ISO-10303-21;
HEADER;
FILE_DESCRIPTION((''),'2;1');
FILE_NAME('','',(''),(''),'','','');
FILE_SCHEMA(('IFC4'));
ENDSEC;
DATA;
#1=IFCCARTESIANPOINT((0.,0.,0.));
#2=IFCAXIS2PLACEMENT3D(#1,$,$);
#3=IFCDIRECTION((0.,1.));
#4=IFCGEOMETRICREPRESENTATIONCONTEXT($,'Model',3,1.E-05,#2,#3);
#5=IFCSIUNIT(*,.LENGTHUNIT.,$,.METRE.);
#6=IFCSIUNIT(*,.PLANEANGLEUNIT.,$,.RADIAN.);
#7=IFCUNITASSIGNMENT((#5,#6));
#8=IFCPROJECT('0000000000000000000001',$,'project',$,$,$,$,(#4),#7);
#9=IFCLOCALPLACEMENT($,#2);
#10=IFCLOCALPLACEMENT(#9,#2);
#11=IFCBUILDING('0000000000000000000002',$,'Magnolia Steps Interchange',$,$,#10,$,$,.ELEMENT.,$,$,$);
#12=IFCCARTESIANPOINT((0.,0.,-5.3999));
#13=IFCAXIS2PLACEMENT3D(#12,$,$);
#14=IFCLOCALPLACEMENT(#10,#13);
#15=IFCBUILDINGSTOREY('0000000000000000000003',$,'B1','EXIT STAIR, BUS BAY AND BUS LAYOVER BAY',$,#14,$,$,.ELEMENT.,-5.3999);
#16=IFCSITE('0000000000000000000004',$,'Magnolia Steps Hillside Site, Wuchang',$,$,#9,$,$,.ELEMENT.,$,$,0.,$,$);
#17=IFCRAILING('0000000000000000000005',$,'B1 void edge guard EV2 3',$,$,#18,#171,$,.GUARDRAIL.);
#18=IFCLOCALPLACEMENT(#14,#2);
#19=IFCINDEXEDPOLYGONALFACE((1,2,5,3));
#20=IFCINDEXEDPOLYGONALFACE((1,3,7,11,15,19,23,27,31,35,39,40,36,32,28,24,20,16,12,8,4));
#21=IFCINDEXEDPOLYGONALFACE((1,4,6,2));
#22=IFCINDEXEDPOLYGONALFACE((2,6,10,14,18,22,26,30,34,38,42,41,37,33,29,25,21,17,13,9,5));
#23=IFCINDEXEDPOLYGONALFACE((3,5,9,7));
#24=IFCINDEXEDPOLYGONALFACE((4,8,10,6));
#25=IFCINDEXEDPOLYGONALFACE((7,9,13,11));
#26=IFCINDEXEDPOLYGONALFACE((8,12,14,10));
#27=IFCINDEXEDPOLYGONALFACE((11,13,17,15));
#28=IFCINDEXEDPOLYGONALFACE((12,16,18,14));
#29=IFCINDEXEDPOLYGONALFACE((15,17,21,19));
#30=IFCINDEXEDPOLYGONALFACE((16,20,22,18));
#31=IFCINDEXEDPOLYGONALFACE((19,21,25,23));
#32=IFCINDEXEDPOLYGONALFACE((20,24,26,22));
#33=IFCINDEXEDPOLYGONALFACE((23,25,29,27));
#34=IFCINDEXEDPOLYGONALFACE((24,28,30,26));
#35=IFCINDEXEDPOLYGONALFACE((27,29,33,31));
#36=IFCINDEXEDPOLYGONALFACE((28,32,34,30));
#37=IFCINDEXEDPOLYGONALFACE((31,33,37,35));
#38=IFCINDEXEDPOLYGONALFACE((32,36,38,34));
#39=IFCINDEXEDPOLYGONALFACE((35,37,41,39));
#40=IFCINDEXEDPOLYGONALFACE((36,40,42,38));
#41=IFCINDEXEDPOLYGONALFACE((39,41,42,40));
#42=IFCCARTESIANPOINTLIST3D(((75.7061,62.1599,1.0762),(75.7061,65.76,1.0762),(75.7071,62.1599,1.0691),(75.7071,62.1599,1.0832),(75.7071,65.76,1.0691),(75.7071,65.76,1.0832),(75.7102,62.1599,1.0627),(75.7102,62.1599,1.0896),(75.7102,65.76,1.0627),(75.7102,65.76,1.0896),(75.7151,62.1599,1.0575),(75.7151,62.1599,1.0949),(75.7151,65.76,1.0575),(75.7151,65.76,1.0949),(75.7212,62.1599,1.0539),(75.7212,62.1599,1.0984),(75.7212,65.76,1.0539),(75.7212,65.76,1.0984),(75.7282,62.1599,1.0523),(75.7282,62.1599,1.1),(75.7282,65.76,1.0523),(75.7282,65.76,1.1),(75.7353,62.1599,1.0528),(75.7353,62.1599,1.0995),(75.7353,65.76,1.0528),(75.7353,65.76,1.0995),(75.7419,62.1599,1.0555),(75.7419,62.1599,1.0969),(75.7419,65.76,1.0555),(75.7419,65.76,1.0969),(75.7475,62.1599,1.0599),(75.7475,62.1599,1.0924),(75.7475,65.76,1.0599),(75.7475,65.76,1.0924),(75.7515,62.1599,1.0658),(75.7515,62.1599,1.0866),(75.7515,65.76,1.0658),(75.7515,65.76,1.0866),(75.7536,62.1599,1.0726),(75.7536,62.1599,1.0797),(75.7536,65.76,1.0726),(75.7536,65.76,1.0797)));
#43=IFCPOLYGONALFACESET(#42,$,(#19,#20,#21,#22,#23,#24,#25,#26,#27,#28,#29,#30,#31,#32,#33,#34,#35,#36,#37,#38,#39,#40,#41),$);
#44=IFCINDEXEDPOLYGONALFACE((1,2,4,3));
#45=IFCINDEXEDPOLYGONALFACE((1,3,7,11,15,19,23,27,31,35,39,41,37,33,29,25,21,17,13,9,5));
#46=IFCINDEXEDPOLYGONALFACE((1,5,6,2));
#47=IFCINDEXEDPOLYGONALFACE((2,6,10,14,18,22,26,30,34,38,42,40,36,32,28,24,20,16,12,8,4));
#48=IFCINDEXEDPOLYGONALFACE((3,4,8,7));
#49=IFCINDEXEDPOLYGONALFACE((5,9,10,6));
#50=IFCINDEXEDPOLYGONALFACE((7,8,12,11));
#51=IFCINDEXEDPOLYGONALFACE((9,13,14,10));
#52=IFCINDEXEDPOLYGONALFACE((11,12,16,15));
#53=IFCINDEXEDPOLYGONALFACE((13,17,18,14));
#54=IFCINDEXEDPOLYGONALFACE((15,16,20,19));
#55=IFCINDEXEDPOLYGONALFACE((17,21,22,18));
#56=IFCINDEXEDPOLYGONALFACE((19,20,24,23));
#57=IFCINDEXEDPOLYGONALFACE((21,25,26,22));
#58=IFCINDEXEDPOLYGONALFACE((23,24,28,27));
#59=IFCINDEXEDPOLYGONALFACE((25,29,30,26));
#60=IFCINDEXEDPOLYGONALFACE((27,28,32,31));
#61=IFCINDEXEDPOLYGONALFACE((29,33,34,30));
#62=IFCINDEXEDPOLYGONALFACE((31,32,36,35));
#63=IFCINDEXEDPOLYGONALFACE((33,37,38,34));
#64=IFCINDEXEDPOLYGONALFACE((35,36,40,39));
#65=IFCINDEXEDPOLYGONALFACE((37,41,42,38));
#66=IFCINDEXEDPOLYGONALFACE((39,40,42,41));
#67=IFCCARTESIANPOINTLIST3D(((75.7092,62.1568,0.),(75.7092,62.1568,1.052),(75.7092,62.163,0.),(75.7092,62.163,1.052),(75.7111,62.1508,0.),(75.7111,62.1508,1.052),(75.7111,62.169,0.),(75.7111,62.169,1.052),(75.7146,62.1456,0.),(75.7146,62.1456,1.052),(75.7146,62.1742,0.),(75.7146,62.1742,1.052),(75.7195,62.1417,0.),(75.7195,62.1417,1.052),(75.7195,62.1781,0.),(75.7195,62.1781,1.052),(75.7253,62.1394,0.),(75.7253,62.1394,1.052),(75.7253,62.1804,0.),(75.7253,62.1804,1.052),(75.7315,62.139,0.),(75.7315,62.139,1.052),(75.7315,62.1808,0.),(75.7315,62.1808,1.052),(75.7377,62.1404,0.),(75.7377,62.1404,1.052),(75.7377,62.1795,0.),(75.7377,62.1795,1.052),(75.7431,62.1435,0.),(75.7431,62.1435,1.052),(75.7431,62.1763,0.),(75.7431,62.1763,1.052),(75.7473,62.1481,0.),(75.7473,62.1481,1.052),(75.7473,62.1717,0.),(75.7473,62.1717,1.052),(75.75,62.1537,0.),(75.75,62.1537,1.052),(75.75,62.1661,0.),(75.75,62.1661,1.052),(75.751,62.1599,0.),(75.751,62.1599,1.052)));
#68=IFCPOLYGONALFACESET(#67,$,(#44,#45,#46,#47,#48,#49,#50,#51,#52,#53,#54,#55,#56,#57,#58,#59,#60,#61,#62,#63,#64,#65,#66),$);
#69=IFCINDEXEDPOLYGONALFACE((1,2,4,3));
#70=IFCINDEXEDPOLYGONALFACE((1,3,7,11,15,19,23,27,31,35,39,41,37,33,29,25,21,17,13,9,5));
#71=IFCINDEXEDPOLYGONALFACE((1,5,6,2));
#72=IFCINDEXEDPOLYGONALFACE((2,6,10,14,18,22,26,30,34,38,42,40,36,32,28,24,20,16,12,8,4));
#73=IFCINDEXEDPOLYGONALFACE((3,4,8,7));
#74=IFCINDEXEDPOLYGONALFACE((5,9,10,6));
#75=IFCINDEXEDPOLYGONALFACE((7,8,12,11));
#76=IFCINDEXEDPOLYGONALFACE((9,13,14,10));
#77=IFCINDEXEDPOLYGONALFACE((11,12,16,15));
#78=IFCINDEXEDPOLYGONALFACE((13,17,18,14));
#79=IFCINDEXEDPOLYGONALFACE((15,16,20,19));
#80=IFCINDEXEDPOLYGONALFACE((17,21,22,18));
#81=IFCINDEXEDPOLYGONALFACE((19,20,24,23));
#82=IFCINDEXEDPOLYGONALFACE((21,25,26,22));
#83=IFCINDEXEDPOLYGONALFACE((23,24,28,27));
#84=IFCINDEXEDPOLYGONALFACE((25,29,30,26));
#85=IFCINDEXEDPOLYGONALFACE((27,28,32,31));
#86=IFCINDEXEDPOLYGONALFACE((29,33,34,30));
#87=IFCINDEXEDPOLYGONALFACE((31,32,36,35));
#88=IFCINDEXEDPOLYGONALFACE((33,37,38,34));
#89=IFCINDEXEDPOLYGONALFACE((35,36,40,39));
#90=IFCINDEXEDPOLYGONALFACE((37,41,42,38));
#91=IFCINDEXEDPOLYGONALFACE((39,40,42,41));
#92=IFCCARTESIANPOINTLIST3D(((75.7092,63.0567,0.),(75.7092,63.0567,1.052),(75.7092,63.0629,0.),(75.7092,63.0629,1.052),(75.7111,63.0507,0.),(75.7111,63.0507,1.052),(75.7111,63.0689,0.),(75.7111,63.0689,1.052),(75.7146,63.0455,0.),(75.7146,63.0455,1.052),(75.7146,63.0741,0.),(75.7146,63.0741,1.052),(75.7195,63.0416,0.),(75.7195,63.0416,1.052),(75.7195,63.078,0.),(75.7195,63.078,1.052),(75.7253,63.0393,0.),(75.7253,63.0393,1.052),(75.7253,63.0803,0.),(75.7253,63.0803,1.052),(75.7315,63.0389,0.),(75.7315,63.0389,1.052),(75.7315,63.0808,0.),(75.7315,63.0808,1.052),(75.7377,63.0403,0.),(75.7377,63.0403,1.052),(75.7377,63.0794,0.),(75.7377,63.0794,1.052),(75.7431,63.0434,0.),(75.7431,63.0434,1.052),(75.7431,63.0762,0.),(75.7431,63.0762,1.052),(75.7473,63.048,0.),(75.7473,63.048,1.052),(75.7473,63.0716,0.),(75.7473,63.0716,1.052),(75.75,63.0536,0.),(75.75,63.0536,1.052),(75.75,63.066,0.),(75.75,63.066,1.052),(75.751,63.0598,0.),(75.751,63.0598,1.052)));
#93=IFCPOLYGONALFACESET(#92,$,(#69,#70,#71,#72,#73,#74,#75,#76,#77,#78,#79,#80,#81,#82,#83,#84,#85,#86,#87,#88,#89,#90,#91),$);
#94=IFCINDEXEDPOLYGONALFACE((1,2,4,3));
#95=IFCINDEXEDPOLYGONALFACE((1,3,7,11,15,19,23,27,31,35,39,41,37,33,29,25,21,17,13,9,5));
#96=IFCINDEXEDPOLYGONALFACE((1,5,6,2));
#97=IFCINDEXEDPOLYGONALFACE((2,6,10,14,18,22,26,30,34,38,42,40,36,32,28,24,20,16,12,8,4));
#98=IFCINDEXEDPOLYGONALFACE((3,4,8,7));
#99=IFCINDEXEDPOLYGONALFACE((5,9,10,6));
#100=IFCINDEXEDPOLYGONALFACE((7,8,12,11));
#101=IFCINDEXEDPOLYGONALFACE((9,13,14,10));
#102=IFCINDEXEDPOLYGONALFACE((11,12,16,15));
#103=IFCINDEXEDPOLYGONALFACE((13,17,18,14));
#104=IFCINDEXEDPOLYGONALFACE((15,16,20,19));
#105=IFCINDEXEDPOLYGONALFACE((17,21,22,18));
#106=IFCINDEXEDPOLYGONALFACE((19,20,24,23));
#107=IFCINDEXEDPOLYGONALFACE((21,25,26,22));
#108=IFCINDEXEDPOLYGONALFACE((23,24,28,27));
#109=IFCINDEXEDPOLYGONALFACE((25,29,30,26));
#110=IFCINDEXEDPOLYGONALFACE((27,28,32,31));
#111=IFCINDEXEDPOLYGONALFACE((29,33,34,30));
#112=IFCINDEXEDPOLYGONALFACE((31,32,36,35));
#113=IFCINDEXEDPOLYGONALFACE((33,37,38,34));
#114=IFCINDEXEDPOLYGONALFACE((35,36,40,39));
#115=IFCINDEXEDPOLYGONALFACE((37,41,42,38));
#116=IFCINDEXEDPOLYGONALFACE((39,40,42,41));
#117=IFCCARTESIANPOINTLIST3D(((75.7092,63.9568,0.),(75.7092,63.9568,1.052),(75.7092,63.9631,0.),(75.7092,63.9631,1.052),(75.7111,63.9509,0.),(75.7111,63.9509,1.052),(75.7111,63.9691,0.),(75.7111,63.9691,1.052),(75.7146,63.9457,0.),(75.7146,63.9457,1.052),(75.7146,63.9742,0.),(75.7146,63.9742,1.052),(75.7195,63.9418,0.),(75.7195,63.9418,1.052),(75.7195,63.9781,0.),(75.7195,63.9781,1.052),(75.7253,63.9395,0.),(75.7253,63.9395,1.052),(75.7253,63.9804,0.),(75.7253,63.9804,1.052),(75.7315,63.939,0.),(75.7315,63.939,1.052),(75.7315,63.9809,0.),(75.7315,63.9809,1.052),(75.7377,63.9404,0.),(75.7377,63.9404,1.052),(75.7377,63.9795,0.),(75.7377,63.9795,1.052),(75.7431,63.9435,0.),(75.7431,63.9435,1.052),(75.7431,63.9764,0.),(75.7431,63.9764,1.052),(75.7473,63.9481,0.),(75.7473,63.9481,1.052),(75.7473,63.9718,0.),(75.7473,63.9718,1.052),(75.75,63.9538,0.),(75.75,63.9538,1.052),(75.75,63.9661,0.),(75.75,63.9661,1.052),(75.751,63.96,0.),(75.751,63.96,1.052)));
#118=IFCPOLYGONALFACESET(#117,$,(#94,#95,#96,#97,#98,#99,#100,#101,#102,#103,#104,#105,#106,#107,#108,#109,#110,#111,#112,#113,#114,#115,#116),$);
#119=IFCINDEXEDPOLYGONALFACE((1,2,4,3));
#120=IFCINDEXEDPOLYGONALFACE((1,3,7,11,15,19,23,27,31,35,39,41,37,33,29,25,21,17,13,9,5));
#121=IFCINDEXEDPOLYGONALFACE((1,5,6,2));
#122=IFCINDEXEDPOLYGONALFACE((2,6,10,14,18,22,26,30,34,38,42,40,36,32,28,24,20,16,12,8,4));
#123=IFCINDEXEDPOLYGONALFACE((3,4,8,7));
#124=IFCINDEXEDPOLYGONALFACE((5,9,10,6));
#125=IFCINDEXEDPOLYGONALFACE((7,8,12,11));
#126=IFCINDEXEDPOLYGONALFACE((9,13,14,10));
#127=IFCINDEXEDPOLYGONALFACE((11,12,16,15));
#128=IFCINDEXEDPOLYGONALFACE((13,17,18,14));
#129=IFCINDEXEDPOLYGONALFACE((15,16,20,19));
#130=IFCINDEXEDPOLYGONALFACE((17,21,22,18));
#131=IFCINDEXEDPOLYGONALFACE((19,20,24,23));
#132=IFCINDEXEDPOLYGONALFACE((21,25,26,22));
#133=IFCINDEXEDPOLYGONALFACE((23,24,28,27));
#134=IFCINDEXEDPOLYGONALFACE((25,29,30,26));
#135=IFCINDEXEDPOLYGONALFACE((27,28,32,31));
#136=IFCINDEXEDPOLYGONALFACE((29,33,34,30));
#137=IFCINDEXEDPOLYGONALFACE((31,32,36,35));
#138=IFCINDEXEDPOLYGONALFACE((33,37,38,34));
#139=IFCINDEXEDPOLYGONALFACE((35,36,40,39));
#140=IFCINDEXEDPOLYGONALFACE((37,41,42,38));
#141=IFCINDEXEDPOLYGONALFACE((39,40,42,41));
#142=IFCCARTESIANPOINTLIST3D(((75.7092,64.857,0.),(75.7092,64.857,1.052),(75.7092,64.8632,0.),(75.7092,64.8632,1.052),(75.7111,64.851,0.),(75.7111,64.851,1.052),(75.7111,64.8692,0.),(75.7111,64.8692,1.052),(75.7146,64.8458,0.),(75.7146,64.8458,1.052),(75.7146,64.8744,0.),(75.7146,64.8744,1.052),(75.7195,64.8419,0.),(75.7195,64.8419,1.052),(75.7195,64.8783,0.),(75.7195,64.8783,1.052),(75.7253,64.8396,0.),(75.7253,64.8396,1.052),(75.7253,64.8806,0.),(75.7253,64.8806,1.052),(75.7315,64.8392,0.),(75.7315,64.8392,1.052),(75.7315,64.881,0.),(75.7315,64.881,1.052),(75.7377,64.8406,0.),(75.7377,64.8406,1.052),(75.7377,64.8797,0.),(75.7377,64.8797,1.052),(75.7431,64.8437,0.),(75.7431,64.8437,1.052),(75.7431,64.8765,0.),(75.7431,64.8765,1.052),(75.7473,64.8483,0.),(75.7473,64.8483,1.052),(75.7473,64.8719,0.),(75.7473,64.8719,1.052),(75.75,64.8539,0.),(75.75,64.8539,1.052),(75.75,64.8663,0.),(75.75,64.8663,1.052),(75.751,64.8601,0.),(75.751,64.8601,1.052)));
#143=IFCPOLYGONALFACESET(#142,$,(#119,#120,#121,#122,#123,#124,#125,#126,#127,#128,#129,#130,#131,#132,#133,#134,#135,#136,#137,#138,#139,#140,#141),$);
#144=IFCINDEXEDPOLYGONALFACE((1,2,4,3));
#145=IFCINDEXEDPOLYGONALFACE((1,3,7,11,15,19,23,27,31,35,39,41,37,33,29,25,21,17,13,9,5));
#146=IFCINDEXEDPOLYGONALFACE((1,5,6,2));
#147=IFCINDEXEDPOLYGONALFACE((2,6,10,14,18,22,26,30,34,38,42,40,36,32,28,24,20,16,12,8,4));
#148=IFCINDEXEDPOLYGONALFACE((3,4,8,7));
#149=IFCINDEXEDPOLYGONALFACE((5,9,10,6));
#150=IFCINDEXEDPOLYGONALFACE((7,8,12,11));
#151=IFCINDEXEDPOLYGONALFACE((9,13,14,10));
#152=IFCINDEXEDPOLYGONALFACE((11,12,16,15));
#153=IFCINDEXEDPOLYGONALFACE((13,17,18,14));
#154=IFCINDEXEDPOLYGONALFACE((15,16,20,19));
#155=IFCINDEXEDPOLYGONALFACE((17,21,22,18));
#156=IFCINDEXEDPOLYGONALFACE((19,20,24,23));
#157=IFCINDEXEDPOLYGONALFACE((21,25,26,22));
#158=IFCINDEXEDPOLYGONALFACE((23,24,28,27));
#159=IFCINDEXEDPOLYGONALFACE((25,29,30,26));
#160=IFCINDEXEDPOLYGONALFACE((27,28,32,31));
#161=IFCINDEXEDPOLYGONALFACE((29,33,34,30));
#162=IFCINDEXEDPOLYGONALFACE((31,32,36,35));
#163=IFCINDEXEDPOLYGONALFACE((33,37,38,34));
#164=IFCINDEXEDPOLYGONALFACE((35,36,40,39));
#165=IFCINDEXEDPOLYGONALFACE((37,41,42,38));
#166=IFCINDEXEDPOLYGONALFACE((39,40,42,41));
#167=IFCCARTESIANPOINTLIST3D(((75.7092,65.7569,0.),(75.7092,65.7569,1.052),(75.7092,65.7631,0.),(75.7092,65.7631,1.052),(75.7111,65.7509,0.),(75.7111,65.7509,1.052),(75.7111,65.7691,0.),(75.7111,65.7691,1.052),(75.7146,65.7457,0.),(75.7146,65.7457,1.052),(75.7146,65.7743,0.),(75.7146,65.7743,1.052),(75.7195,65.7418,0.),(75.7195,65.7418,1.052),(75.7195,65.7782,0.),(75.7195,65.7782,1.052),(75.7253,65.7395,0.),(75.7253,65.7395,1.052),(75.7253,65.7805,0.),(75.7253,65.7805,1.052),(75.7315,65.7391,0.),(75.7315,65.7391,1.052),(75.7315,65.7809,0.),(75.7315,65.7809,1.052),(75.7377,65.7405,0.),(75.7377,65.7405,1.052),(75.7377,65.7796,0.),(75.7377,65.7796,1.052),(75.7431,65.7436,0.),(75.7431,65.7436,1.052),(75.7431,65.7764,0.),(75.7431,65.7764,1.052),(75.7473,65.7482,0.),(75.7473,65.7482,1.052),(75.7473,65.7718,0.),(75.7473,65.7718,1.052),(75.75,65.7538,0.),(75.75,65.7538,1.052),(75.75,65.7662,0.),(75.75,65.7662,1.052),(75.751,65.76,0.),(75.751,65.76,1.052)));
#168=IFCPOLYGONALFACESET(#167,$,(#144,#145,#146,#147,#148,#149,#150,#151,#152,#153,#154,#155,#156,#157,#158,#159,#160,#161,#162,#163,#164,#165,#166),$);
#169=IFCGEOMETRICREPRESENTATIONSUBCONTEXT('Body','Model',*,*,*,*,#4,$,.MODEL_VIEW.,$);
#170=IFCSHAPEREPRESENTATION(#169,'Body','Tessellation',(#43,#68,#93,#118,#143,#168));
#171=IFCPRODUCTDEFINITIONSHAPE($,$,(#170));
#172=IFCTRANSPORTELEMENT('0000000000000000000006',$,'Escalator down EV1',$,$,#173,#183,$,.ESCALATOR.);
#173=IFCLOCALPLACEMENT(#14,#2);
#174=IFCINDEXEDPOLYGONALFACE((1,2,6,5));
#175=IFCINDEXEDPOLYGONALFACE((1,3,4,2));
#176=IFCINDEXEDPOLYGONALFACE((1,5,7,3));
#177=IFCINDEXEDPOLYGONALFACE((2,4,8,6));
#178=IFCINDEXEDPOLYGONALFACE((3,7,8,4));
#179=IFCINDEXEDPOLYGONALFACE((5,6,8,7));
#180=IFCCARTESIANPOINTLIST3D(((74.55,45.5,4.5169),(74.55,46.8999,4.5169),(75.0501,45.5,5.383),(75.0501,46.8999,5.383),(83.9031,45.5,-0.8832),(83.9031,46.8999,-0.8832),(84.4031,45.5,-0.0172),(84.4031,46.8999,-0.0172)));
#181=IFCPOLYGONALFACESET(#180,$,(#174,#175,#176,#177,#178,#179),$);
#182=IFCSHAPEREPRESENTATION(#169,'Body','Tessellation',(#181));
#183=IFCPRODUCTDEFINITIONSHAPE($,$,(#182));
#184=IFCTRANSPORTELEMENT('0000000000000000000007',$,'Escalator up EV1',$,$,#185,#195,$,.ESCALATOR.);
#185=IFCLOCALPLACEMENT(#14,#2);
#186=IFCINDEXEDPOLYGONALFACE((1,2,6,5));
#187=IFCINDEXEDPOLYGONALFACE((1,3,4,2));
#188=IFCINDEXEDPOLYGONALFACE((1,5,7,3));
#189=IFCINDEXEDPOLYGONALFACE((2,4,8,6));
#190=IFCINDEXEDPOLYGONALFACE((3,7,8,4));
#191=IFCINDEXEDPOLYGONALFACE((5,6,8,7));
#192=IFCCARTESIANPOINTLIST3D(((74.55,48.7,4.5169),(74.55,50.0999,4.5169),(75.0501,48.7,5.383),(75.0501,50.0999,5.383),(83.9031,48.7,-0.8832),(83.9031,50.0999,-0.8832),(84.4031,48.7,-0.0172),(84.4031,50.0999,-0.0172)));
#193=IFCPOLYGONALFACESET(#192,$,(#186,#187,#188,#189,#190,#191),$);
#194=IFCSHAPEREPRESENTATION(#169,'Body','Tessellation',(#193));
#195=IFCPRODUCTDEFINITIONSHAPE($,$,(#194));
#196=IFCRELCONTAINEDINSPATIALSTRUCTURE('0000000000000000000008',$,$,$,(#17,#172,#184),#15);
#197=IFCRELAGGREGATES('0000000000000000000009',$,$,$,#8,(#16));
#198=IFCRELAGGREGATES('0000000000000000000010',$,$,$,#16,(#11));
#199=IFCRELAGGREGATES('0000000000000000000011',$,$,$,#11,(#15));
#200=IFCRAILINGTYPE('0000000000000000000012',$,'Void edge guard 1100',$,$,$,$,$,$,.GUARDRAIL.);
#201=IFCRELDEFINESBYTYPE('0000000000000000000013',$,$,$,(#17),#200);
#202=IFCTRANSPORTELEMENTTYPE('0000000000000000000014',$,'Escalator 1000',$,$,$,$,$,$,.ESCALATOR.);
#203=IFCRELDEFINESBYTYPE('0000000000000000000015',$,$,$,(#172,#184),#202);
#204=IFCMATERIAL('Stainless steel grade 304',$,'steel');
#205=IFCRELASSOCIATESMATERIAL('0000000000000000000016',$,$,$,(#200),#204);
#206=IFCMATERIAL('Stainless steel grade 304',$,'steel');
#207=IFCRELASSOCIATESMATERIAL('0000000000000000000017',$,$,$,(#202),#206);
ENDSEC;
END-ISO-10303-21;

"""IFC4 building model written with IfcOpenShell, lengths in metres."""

from ifc_helpers import new_model, si_unit, direction, frame, origin, origin_2d, place, context, subcontext, project, spatial, rectangle, circle, extrude, material, material_profile, profile_set, type_object, element, save


model = new_model("IFC4")

# Units and contexts
model_context = context("Model", 3, precision=1e-05, world=origin(), true_north=direction((0.0, 1.0)))
body_context = subcontext(model_context, "Body", "Model", "MODEL_VIEW")
ifc_project = project(units=[si_unit("LENGTHUNIT", "METRE"), si_unit("PLANEANGLEUNIT", "RADIAN")], contexts=[model_context])

# Site, building, storey
site_placement = place(None, origin())
site = spatial("IfcSite", under=ifc_project, at=site_placement, Name="Magnolia Steps Hillside Site, Wuchang", CompositionType="ELEMENT", RefElevation=0.0)
building_placement = place(site_placement, origin())
building = spatial("IfcBuilding", under=site, at=building_placement, Name="Magnolia Steps Interchange", CompositionType="ELEMENT")
storey_placement = place(building_placement, frame((0.0, 0.0, -5.3999)))
storey = spatial("IfcBuildingStorey", under=building, at=storey_placement, Name="B1", Description="EXIT STAIR, BUS BAY AND BUS LAYOVER BAY", CompositionType="ELEMENT", Elevation=-5.3999)

# Railing
ifc_material_1 = material(Name="Stainless steel grade 304", Category="steel")
railing_type_1 = type_object("IfcRailingType", Name="Void edge guard 1100", PredefinedType="GUARDRAIL", material=ifc_material_1)
railing_1_placement = place(storey_placement, frame((75.73, 62.1599, 0.0)))
element("IfcRailing", 1, at=railing_1_placement, inside=storey, type_object=railing_type_1, Name="B1 void edge guard EV2 3", PredefinedType="GUARDRAIL", context=body_context, shape_type="SweptSolid", body=[
    extrude(circle(Radius=0.0239, at=origin_2d()), frame((0.0, 0.0, 1.0762), z_axis=(0.0, 1.0, 0.0), x_axis=(-1.0, 0.0, 0.0)), (0.0, 0.0, 1.0), 3.6001),
    extrude(circle(Radius=0.021, at=origin_2d()), origin(), (0.0, 0.0, 1.0), 1.052),
    extrude(circle(Radius=0.021, at=origin_2d()), frame((0.0, 0.8999, 0.0)), (0.0, 0.0, 1.0), 1.052),
    extrude(circle(Radius=0.021, at=origin_2d()), frame((0.0, 1.8, 0.0)), (0.0, 0.0, 1.0), 1.052),
    extrude(circle(Radius=0.021, at=origin_2d()), frame((0.0, 2.7002, 0.0)), (0.0, 0.0, 1.0), 1.052),
    extrude(circle(Radius=0.021, at=origin_2d()), frame((0.0, 3.6001, 0.0)), (0.0, 0.0, 1.0), 1.052),
])

# Transport elements
ifc_material_2 = material(Name="Stainless steel grade 304", Category="steel")
ifc_material_profile_1 = material_profile(ifc_material_2, rectangle(XDim=1.3999, YDim=1.0, at=origin_2d()), Name="Escalator 1000")
ifc_profile_set_1 = profile_set([ifc_material_profile_1], Name="Stainless steel grade 304")
transport_element_type = type_object("IfcTransportElementType", Name="Escalator 1000", PredefinedType="ESCALATOR", material=ifc_profile_set_1)
for number, where, z_axis, x_axis, name in (
    (2, (74.8, 46.2, 4.95), (0.866018, 0.0, -0.500012), (0.0, 1.0, 0.0), "Escalator down EV1"),
    (3, (74.8, 49.3999, 4.95), (0.866018, 0.0, -0.500012), (0.0, 1.0, 0.0), "Escalator up EV1"),
):
    element("IfcTransportElement", number, at=place(storey_placement, frame(where, z_axis=z_axis, x_axis=x_axis)), inside=storey, type_object=transport_element_type, Name=name, PredefinedType="ESCALATOR", context=body_context, shape_type="SweptSolid", body=[
        extrude(rectangle(XDim=1.3999, YDim=1.0, at=origin_2d()), origin(), (0.0, 0.0, 1.0), 10.8),
    ])

save(model, "model.ifc")
